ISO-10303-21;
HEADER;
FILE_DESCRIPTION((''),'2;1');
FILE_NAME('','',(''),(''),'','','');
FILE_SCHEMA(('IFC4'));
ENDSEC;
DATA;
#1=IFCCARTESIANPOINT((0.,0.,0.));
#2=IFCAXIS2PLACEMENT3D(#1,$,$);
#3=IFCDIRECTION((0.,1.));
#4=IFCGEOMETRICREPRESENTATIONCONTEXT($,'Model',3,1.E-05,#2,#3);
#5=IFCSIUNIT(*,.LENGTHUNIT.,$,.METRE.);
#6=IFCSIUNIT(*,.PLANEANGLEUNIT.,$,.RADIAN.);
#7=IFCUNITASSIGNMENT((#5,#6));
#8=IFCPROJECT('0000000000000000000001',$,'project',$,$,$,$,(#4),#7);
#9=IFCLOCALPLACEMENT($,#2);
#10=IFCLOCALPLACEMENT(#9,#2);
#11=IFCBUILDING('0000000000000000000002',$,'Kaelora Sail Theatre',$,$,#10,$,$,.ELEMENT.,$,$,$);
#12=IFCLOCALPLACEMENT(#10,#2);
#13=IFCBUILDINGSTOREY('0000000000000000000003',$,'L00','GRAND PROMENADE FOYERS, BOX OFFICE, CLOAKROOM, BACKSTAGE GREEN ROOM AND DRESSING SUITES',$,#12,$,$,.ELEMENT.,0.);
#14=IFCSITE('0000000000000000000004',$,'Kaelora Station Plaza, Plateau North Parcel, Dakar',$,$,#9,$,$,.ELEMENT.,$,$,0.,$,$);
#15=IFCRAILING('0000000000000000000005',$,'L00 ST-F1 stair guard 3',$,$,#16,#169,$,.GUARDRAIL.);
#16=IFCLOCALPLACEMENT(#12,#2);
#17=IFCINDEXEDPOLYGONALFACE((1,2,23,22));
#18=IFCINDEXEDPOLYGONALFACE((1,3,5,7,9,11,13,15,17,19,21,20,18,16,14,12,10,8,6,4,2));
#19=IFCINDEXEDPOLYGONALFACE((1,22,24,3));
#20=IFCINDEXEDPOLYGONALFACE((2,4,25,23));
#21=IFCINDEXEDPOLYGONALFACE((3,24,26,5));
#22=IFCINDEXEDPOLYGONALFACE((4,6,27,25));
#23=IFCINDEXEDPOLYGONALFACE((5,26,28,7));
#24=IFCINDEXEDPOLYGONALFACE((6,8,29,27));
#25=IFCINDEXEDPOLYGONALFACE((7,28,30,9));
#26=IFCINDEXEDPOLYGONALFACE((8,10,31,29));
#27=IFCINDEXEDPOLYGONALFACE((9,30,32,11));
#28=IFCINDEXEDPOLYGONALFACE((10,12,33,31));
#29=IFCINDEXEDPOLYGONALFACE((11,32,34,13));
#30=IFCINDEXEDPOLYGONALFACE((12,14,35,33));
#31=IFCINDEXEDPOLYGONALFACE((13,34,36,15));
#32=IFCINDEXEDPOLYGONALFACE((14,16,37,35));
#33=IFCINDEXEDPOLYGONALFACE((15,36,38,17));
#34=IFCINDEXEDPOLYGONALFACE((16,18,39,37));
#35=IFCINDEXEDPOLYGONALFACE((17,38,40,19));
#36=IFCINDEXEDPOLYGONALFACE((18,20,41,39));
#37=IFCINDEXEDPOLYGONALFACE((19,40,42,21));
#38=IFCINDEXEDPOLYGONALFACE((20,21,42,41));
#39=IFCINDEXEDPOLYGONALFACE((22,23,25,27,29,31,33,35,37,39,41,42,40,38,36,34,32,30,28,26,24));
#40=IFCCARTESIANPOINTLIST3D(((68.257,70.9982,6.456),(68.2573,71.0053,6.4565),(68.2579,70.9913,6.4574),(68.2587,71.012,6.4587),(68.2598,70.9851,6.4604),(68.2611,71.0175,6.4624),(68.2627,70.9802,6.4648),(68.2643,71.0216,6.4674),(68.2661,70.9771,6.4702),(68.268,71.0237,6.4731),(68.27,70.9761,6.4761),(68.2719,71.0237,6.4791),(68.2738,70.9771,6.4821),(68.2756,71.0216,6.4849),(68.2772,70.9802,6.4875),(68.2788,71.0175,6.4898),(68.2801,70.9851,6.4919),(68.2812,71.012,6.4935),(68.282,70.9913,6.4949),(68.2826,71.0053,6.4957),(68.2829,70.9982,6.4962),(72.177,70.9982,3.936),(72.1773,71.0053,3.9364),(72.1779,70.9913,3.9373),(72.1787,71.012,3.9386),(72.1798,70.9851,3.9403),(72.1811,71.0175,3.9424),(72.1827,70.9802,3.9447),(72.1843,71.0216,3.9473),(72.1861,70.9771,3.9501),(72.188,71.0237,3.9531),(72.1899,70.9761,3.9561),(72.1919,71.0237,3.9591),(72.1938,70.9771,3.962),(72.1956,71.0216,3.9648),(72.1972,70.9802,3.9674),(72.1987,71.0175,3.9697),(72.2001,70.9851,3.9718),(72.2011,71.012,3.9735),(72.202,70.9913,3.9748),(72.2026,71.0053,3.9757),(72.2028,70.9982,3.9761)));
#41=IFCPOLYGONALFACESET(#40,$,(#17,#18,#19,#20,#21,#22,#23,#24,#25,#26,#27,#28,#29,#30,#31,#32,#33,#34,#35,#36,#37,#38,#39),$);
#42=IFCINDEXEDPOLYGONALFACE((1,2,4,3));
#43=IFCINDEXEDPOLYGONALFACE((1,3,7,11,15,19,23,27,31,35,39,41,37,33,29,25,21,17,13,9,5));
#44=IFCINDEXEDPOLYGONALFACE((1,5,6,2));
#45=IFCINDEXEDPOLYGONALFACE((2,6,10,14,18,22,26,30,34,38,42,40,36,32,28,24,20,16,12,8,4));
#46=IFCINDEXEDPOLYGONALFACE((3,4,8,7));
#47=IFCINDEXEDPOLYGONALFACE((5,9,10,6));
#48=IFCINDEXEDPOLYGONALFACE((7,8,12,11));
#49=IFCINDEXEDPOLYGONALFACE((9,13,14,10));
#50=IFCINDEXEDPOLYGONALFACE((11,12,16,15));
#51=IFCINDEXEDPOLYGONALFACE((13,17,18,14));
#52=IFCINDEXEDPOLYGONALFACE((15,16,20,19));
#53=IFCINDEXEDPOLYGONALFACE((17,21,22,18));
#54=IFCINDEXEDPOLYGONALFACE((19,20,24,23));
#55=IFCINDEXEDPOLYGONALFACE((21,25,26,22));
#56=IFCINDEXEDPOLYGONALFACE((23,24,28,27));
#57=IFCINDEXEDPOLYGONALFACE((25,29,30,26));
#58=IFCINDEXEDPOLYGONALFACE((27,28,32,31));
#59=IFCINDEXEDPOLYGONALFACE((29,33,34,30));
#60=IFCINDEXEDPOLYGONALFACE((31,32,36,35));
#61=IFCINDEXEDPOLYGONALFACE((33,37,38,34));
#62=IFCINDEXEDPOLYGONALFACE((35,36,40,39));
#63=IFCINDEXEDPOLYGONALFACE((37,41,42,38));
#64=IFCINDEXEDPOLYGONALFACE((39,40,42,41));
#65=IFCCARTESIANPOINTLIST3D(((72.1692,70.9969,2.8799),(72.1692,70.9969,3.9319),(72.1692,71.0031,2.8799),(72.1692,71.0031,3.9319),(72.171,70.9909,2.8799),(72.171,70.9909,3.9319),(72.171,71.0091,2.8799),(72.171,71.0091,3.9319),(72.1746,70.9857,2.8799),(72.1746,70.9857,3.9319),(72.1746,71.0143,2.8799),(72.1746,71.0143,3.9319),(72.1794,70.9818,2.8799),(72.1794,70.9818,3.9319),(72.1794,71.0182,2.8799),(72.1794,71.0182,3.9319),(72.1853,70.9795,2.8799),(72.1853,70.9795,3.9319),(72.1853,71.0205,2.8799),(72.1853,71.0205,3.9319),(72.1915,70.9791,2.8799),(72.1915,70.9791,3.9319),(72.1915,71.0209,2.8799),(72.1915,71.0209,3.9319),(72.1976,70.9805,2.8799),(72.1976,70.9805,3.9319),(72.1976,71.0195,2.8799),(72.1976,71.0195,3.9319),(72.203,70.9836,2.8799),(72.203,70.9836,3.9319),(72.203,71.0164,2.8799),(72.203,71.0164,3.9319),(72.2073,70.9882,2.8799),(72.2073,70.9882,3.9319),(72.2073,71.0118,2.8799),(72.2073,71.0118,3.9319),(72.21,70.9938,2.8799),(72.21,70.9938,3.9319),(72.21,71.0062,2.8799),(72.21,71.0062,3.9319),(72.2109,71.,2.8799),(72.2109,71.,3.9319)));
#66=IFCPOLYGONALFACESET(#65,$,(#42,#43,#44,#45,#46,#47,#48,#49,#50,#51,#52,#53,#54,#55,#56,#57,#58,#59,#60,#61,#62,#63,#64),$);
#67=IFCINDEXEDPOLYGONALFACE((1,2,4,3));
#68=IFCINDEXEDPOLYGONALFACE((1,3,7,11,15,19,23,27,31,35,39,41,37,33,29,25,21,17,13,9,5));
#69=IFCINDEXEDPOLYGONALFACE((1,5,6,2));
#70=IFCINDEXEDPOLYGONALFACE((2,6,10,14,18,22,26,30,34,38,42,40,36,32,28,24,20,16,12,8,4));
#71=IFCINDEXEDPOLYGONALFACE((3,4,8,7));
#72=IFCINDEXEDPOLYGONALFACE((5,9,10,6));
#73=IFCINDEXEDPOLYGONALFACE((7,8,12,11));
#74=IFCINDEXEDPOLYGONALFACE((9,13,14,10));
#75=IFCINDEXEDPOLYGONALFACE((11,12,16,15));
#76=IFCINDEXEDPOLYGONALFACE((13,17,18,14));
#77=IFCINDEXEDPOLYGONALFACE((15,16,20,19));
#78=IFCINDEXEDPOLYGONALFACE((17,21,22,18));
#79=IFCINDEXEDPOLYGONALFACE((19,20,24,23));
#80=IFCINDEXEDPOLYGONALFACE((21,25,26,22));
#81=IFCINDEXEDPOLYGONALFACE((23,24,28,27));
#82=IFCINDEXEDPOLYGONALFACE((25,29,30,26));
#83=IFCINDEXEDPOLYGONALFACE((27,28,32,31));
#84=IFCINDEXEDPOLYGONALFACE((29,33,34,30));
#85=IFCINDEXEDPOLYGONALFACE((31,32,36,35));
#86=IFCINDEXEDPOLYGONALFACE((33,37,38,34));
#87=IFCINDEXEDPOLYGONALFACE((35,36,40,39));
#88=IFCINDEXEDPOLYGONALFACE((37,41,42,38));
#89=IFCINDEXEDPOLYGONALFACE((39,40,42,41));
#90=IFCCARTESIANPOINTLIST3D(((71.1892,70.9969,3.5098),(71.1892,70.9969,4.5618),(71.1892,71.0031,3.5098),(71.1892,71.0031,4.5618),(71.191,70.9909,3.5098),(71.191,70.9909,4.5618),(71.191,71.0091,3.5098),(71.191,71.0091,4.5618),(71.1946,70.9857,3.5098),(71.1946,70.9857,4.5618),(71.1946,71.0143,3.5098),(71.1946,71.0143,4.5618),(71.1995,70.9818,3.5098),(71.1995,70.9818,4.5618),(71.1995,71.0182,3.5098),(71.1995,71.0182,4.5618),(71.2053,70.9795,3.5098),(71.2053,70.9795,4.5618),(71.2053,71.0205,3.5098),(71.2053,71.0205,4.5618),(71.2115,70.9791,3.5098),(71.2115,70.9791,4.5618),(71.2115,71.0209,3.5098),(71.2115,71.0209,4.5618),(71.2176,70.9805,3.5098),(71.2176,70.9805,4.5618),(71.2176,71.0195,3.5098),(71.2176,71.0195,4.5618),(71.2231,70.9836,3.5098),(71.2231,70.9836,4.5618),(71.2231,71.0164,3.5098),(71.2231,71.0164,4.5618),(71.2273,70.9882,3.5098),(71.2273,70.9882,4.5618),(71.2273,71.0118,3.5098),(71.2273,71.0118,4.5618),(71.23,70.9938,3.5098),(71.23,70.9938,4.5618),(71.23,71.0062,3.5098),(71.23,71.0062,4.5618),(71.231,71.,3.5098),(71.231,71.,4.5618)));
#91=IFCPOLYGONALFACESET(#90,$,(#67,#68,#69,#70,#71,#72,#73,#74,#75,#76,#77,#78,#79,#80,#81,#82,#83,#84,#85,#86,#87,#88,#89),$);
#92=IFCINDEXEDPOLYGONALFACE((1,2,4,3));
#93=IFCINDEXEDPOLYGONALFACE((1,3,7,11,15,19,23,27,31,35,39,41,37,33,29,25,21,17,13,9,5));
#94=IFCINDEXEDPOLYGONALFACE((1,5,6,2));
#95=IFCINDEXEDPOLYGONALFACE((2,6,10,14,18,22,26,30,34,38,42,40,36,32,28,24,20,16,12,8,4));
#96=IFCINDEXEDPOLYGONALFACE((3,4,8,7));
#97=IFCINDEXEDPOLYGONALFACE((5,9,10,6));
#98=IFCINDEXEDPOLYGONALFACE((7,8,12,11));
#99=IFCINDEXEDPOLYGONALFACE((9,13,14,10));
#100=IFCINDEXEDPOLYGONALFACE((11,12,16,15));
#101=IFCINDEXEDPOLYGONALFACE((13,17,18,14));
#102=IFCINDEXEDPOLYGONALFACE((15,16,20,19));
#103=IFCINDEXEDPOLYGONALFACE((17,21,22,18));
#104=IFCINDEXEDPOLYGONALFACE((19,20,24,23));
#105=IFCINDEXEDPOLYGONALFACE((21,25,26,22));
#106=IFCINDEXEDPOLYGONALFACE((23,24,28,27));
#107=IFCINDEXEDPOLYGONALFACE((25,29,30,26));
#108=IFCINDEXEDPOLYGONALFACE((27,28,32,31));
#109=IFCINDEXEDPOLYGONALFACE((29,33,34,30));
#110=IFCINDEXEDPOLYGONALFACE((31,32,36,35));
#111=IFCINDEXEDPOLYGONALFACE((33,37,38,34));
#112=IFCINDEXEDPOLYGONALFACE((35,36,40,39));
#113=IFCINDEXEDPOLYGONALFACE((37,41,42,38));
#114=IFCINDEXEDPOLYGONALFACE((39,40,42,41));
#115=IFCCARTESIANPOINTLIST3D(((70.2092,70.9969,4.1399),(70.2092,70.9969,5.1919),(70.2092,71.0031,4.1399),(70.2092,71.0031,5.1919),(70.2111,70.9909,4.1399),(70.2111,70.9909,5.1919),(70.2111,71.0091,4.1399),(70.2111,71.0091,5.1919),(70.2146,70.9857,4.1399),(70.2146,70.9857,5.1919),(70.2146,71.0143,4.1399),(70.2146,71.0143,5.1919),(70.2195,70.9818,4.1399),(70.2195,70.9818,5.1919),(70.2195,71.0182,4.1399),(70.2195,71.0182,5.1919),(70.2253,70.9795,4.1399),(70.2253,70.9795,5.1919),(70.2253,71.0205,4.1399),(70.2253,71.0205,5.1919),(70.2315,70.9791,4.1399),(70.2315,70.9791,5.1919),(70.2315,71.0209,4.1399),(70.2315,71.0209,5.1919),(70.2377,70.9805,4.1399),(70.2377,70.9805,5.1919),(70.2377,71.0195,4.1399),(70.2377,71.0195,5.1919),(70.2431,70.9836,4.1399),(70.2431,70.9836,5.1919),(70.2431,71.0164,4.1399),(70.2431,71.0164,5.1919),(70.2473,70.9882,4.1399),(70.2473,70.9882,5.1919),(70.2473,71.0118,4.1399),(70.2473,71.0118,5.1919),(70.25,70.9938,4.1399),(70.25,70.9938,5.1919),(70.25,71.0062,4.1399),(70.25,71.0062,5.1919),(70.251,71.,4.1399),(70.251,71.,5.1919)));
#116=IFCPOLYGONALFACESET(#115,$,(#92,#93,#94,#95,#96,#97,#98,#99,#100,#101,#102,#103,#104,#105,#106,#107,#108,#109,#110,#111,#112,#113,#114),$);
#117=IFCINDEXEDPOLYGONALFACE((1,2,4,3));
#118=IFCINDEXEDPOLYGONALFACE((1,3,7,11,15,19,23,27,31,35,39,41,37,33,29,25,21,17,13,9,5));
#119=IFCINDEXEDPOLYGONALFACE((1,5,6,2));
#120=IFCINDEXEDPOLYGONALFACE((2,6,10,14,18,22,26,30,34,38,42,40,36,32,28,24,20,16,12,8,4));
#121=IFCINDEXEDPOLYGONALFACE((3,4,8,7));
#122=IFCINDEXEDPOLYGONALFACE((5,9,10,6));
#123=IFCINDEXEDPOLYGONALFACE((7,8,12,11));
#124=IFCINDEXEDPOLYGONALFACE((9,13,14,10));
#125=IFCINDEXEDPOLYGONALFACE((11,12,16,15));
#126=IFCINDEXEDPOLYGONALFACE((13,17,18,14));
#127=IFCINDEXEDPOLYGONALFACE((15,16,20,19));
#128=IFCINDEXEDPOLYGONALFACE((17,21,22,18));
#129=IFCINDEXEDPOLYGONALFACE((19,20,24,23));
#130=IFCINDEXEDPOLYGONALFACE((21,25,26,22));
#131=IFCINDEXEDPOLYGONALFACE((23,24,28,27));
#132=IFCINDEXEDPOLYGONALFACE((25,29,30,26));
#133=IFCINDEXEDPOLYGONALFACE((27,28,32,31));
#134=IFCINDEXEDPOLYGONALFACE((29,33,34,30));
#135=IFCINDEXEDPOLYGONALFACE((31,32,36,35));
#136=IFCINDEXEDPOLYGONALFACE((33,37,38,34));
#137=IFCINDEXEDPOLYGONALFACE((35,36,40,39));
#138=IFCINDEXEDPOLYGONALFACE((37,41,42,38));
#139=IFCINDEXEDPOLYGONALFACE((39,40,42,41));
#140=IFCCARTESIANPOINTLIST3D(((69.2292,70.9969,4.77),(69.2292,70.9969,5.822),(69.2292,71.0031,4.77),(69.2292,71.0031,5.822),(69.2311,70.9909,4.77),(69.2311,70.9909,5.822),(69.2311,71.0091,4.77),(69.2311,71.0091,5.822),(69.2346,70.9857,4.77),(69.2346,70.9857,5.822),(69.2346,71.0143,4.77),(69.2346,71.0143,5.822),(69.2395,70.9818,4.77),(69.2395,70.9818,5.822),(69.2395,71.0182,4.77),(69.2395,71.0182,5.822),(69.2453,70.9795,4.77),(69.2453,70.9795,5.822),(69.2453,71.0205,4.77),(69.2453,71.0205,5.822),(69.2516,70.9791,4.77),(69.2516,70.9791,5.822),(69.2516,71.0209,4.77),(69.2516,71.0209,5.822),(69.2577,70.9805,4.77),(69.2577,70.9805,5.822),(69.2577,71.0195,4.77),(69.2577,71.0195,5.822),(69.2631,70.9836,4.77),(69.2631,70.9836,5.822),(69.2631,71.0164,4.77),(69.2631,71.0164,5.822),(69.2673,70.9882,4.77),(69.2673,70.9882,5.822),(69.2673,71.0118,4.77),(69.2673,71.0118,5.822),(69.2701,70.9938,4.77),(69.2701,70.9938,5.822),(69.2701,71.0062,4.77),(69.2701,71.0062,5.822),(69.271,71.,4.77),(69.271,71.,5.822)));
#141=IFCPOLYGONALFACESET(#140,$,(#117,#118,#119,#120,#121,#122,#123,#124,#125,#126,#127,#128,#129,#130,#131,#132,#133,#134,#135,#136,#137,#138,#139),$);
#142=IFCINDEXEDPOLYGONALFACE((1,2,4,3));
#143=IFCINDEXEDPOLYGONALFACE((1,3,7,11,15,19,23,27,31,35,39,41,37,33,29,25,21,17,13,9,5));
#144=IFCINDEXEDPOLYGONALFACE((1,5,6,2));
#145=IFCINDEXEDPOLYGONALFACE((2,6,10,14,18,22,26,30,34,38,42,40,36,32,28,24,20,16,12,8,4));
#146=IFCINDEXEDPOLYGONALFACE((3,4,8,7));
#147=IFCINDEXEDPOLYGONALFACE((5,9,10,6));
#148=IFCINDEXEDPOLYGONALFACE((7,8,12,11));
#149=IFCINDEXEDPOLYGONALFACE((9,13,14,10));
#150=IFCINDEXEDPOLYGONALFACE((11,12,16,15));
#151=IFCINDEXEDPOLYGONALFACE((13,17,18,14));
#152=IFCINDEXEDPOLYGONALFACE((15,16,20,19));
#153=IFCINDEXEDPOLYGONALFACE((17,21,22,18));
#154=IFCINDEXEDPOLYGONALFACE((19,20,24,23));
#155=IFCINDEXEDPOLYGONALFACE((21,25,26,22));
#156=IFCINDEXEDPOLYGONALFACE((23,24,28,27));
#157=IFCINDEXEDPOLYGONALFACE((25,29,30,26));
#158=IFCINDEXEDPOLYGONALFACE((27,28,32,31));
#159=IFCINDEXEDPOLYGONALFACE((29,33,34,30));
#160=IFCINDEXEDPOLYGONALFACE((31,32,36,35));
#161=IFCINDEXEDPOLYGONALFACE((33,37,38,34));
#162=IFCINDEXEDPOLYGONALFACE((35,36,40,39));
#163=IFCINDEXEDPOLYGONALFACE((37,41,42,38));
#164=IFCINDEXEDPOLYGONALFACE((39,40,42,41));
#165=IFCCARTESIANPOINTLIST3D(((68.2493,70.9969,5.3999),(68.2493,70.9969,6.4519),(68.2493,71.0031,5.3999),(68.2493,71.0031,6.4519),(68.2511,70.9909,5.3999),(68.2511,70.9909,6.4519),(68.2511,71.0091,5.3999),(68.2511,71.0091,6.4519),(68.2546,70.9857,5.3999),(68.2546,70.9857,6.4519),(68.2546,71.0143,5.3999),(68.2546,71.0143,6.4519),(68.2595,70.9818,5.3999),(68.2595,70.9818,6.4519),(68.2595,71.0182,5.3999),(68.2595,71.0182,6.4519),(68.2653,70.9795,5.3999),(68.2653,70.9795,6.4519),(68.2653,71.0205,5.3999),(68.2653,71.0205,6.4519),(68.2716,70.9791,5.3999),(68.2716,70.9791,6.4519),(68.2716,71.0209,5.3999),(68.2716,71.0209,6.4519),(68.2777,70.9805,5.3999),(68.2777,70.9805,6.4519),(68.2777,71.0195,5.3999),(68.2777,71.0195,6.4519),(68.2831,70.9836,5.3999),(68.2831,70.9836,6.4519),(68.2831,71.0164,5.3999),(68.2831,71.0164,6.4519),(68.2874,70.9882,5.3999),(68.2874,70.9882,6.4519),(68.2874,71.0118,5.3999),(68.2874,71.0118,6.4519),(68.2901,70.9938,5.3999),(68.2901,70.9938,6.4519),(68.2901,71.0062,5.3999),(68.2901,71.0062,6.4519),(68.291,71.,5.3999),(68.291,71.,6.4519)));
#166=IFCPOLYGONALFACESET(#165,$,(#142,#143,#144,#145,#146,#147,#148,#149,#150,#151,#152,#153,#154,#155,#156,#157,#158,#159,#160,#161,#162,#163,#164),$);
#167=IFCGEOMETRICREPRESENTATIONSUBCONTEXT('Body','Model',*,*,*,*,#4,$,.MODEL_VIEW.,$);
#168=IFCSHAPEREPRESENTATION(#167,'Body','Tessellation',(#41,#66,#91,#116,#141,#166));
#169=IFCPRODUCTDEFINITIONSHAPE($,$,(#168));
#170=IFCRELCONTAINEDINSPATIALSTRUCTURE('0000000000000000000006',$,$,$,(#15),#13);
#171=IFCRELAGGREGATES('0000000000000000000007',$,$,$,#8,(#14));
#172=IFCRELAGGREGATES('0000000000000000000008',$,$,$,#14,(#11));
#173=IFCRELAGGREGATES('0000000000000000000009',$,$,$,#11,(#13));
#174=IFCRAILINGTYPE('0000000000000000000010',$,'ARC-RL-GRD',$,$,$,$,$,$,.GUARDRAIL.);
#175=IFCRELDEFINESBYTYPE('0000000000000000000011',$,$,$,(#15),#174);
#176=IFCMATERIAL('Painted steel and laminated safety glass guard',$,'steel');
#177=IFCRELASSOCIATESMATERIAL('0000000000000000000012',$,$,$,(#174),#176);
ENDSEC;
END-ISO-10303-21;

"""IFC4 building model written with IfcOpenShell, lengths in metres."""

from ifc_helpers import new_model, si_unit, direction, frame, origin, origin_2d, place, context, subcontext, project, spatial, circle, extrude, material, type_object, element, save


model = new_model("IFC4")

# Units and contexts
model_context = context("Model", 3, precision=1e-05, world=origin(), true_north=direction((0.0, 1.0)))
body_context = subcontext(model_context, "Body", "Model", "MODEL_VIEW")
ifc_project = project(units=[si_unit("LENGTHUNIT", "METRE"), si_unit("PLANEANGLEUNIT", "RADIAN")], contexts=[model_context])

# Site, building, storey
site_placement = place(None, origin())
site = spatial("IfcSite", under=ifc_project, at=site_placement, Name="Kaelora Station Plaza, Plateau North Parcel, Dakar", CompositionType="ELEMENT", RefElevation=0.0)
building_placement = place(site_placement, origin())
building = spatial("IfcBuilding", under=site, at=building_placement, Name="Kaelora Sail Theatre", CompositionType="ELEMENT")
storey_placement = place(building_placement, origin())
storey = spatial("IfcBuildingStorey", under=building, at=storey_placement, Name="L00", Description="GRAND PROMENADE FOYERS, BOX OFFICE, CLOAKROOM, BACKSTAGE GREEN ROOM AND DRESSING SUITES", CompositionType="ELEMENT", Elevation=0.0)

# Railing
ifc_material_1 = material(Name="Painted steel and laminated safety glass guard", Category="steel")
railing_type_1 = type_object("IfcRailingType", Name="ARC-RL-GRD", PredefinedType="GUARDRAIL", material=ifc_material_1)
railing_1_placement = place(storey_placement, frame((72.1899, 71.0, 2.8799)))
element("IfcRailing", 1, at=railing_1_placement, inside=storey, type_object=railing_type_1, Name="L00 ST-F1 stair guard 3", PredefinedType="GUARDRAIL", context=body_context, shape_type="SweptSolid", body=[
    extrude(circle(Radius=0.0239, at=origin_2d()), frame((0.0, 0.0, 1.0762), z_axis=(-0.841172, 0.0, 0.540768), x_axis=(0.0, -1.0, 0.0)), (0.0, 0.0, 1.0), 4.6602),
    extrude(circle(Radius=0.021, at=origin_2d()), origin(), (0.0, 0.0, 1.0), 1.052),
    extrude(circle(Radius=0.021, at=origin_2d()), frame((-0.98, 0.0, 0.6299)), (0.0, 0.0, 1.0), 1.052),
    extrude(circle(Radius=0.021, at=origin_2d()), frame((-1.96, 0.0, 1.26)), (0.0, 0.0, 1.0), 1.052),
    extrude(circle(Radius=0.021, at=origin_2d()), frame((-2.9399, 0.0, 1.8901)), (0.0, 0.0, 1.0), 1.052),
    extrude(circle(Radius=0.021, at=origin_2d()), frame((-3.9199, 0.0, 2.52)), (0.0, 0.0, 1.0), 1.052),
])

save(model, "model.ifc")
